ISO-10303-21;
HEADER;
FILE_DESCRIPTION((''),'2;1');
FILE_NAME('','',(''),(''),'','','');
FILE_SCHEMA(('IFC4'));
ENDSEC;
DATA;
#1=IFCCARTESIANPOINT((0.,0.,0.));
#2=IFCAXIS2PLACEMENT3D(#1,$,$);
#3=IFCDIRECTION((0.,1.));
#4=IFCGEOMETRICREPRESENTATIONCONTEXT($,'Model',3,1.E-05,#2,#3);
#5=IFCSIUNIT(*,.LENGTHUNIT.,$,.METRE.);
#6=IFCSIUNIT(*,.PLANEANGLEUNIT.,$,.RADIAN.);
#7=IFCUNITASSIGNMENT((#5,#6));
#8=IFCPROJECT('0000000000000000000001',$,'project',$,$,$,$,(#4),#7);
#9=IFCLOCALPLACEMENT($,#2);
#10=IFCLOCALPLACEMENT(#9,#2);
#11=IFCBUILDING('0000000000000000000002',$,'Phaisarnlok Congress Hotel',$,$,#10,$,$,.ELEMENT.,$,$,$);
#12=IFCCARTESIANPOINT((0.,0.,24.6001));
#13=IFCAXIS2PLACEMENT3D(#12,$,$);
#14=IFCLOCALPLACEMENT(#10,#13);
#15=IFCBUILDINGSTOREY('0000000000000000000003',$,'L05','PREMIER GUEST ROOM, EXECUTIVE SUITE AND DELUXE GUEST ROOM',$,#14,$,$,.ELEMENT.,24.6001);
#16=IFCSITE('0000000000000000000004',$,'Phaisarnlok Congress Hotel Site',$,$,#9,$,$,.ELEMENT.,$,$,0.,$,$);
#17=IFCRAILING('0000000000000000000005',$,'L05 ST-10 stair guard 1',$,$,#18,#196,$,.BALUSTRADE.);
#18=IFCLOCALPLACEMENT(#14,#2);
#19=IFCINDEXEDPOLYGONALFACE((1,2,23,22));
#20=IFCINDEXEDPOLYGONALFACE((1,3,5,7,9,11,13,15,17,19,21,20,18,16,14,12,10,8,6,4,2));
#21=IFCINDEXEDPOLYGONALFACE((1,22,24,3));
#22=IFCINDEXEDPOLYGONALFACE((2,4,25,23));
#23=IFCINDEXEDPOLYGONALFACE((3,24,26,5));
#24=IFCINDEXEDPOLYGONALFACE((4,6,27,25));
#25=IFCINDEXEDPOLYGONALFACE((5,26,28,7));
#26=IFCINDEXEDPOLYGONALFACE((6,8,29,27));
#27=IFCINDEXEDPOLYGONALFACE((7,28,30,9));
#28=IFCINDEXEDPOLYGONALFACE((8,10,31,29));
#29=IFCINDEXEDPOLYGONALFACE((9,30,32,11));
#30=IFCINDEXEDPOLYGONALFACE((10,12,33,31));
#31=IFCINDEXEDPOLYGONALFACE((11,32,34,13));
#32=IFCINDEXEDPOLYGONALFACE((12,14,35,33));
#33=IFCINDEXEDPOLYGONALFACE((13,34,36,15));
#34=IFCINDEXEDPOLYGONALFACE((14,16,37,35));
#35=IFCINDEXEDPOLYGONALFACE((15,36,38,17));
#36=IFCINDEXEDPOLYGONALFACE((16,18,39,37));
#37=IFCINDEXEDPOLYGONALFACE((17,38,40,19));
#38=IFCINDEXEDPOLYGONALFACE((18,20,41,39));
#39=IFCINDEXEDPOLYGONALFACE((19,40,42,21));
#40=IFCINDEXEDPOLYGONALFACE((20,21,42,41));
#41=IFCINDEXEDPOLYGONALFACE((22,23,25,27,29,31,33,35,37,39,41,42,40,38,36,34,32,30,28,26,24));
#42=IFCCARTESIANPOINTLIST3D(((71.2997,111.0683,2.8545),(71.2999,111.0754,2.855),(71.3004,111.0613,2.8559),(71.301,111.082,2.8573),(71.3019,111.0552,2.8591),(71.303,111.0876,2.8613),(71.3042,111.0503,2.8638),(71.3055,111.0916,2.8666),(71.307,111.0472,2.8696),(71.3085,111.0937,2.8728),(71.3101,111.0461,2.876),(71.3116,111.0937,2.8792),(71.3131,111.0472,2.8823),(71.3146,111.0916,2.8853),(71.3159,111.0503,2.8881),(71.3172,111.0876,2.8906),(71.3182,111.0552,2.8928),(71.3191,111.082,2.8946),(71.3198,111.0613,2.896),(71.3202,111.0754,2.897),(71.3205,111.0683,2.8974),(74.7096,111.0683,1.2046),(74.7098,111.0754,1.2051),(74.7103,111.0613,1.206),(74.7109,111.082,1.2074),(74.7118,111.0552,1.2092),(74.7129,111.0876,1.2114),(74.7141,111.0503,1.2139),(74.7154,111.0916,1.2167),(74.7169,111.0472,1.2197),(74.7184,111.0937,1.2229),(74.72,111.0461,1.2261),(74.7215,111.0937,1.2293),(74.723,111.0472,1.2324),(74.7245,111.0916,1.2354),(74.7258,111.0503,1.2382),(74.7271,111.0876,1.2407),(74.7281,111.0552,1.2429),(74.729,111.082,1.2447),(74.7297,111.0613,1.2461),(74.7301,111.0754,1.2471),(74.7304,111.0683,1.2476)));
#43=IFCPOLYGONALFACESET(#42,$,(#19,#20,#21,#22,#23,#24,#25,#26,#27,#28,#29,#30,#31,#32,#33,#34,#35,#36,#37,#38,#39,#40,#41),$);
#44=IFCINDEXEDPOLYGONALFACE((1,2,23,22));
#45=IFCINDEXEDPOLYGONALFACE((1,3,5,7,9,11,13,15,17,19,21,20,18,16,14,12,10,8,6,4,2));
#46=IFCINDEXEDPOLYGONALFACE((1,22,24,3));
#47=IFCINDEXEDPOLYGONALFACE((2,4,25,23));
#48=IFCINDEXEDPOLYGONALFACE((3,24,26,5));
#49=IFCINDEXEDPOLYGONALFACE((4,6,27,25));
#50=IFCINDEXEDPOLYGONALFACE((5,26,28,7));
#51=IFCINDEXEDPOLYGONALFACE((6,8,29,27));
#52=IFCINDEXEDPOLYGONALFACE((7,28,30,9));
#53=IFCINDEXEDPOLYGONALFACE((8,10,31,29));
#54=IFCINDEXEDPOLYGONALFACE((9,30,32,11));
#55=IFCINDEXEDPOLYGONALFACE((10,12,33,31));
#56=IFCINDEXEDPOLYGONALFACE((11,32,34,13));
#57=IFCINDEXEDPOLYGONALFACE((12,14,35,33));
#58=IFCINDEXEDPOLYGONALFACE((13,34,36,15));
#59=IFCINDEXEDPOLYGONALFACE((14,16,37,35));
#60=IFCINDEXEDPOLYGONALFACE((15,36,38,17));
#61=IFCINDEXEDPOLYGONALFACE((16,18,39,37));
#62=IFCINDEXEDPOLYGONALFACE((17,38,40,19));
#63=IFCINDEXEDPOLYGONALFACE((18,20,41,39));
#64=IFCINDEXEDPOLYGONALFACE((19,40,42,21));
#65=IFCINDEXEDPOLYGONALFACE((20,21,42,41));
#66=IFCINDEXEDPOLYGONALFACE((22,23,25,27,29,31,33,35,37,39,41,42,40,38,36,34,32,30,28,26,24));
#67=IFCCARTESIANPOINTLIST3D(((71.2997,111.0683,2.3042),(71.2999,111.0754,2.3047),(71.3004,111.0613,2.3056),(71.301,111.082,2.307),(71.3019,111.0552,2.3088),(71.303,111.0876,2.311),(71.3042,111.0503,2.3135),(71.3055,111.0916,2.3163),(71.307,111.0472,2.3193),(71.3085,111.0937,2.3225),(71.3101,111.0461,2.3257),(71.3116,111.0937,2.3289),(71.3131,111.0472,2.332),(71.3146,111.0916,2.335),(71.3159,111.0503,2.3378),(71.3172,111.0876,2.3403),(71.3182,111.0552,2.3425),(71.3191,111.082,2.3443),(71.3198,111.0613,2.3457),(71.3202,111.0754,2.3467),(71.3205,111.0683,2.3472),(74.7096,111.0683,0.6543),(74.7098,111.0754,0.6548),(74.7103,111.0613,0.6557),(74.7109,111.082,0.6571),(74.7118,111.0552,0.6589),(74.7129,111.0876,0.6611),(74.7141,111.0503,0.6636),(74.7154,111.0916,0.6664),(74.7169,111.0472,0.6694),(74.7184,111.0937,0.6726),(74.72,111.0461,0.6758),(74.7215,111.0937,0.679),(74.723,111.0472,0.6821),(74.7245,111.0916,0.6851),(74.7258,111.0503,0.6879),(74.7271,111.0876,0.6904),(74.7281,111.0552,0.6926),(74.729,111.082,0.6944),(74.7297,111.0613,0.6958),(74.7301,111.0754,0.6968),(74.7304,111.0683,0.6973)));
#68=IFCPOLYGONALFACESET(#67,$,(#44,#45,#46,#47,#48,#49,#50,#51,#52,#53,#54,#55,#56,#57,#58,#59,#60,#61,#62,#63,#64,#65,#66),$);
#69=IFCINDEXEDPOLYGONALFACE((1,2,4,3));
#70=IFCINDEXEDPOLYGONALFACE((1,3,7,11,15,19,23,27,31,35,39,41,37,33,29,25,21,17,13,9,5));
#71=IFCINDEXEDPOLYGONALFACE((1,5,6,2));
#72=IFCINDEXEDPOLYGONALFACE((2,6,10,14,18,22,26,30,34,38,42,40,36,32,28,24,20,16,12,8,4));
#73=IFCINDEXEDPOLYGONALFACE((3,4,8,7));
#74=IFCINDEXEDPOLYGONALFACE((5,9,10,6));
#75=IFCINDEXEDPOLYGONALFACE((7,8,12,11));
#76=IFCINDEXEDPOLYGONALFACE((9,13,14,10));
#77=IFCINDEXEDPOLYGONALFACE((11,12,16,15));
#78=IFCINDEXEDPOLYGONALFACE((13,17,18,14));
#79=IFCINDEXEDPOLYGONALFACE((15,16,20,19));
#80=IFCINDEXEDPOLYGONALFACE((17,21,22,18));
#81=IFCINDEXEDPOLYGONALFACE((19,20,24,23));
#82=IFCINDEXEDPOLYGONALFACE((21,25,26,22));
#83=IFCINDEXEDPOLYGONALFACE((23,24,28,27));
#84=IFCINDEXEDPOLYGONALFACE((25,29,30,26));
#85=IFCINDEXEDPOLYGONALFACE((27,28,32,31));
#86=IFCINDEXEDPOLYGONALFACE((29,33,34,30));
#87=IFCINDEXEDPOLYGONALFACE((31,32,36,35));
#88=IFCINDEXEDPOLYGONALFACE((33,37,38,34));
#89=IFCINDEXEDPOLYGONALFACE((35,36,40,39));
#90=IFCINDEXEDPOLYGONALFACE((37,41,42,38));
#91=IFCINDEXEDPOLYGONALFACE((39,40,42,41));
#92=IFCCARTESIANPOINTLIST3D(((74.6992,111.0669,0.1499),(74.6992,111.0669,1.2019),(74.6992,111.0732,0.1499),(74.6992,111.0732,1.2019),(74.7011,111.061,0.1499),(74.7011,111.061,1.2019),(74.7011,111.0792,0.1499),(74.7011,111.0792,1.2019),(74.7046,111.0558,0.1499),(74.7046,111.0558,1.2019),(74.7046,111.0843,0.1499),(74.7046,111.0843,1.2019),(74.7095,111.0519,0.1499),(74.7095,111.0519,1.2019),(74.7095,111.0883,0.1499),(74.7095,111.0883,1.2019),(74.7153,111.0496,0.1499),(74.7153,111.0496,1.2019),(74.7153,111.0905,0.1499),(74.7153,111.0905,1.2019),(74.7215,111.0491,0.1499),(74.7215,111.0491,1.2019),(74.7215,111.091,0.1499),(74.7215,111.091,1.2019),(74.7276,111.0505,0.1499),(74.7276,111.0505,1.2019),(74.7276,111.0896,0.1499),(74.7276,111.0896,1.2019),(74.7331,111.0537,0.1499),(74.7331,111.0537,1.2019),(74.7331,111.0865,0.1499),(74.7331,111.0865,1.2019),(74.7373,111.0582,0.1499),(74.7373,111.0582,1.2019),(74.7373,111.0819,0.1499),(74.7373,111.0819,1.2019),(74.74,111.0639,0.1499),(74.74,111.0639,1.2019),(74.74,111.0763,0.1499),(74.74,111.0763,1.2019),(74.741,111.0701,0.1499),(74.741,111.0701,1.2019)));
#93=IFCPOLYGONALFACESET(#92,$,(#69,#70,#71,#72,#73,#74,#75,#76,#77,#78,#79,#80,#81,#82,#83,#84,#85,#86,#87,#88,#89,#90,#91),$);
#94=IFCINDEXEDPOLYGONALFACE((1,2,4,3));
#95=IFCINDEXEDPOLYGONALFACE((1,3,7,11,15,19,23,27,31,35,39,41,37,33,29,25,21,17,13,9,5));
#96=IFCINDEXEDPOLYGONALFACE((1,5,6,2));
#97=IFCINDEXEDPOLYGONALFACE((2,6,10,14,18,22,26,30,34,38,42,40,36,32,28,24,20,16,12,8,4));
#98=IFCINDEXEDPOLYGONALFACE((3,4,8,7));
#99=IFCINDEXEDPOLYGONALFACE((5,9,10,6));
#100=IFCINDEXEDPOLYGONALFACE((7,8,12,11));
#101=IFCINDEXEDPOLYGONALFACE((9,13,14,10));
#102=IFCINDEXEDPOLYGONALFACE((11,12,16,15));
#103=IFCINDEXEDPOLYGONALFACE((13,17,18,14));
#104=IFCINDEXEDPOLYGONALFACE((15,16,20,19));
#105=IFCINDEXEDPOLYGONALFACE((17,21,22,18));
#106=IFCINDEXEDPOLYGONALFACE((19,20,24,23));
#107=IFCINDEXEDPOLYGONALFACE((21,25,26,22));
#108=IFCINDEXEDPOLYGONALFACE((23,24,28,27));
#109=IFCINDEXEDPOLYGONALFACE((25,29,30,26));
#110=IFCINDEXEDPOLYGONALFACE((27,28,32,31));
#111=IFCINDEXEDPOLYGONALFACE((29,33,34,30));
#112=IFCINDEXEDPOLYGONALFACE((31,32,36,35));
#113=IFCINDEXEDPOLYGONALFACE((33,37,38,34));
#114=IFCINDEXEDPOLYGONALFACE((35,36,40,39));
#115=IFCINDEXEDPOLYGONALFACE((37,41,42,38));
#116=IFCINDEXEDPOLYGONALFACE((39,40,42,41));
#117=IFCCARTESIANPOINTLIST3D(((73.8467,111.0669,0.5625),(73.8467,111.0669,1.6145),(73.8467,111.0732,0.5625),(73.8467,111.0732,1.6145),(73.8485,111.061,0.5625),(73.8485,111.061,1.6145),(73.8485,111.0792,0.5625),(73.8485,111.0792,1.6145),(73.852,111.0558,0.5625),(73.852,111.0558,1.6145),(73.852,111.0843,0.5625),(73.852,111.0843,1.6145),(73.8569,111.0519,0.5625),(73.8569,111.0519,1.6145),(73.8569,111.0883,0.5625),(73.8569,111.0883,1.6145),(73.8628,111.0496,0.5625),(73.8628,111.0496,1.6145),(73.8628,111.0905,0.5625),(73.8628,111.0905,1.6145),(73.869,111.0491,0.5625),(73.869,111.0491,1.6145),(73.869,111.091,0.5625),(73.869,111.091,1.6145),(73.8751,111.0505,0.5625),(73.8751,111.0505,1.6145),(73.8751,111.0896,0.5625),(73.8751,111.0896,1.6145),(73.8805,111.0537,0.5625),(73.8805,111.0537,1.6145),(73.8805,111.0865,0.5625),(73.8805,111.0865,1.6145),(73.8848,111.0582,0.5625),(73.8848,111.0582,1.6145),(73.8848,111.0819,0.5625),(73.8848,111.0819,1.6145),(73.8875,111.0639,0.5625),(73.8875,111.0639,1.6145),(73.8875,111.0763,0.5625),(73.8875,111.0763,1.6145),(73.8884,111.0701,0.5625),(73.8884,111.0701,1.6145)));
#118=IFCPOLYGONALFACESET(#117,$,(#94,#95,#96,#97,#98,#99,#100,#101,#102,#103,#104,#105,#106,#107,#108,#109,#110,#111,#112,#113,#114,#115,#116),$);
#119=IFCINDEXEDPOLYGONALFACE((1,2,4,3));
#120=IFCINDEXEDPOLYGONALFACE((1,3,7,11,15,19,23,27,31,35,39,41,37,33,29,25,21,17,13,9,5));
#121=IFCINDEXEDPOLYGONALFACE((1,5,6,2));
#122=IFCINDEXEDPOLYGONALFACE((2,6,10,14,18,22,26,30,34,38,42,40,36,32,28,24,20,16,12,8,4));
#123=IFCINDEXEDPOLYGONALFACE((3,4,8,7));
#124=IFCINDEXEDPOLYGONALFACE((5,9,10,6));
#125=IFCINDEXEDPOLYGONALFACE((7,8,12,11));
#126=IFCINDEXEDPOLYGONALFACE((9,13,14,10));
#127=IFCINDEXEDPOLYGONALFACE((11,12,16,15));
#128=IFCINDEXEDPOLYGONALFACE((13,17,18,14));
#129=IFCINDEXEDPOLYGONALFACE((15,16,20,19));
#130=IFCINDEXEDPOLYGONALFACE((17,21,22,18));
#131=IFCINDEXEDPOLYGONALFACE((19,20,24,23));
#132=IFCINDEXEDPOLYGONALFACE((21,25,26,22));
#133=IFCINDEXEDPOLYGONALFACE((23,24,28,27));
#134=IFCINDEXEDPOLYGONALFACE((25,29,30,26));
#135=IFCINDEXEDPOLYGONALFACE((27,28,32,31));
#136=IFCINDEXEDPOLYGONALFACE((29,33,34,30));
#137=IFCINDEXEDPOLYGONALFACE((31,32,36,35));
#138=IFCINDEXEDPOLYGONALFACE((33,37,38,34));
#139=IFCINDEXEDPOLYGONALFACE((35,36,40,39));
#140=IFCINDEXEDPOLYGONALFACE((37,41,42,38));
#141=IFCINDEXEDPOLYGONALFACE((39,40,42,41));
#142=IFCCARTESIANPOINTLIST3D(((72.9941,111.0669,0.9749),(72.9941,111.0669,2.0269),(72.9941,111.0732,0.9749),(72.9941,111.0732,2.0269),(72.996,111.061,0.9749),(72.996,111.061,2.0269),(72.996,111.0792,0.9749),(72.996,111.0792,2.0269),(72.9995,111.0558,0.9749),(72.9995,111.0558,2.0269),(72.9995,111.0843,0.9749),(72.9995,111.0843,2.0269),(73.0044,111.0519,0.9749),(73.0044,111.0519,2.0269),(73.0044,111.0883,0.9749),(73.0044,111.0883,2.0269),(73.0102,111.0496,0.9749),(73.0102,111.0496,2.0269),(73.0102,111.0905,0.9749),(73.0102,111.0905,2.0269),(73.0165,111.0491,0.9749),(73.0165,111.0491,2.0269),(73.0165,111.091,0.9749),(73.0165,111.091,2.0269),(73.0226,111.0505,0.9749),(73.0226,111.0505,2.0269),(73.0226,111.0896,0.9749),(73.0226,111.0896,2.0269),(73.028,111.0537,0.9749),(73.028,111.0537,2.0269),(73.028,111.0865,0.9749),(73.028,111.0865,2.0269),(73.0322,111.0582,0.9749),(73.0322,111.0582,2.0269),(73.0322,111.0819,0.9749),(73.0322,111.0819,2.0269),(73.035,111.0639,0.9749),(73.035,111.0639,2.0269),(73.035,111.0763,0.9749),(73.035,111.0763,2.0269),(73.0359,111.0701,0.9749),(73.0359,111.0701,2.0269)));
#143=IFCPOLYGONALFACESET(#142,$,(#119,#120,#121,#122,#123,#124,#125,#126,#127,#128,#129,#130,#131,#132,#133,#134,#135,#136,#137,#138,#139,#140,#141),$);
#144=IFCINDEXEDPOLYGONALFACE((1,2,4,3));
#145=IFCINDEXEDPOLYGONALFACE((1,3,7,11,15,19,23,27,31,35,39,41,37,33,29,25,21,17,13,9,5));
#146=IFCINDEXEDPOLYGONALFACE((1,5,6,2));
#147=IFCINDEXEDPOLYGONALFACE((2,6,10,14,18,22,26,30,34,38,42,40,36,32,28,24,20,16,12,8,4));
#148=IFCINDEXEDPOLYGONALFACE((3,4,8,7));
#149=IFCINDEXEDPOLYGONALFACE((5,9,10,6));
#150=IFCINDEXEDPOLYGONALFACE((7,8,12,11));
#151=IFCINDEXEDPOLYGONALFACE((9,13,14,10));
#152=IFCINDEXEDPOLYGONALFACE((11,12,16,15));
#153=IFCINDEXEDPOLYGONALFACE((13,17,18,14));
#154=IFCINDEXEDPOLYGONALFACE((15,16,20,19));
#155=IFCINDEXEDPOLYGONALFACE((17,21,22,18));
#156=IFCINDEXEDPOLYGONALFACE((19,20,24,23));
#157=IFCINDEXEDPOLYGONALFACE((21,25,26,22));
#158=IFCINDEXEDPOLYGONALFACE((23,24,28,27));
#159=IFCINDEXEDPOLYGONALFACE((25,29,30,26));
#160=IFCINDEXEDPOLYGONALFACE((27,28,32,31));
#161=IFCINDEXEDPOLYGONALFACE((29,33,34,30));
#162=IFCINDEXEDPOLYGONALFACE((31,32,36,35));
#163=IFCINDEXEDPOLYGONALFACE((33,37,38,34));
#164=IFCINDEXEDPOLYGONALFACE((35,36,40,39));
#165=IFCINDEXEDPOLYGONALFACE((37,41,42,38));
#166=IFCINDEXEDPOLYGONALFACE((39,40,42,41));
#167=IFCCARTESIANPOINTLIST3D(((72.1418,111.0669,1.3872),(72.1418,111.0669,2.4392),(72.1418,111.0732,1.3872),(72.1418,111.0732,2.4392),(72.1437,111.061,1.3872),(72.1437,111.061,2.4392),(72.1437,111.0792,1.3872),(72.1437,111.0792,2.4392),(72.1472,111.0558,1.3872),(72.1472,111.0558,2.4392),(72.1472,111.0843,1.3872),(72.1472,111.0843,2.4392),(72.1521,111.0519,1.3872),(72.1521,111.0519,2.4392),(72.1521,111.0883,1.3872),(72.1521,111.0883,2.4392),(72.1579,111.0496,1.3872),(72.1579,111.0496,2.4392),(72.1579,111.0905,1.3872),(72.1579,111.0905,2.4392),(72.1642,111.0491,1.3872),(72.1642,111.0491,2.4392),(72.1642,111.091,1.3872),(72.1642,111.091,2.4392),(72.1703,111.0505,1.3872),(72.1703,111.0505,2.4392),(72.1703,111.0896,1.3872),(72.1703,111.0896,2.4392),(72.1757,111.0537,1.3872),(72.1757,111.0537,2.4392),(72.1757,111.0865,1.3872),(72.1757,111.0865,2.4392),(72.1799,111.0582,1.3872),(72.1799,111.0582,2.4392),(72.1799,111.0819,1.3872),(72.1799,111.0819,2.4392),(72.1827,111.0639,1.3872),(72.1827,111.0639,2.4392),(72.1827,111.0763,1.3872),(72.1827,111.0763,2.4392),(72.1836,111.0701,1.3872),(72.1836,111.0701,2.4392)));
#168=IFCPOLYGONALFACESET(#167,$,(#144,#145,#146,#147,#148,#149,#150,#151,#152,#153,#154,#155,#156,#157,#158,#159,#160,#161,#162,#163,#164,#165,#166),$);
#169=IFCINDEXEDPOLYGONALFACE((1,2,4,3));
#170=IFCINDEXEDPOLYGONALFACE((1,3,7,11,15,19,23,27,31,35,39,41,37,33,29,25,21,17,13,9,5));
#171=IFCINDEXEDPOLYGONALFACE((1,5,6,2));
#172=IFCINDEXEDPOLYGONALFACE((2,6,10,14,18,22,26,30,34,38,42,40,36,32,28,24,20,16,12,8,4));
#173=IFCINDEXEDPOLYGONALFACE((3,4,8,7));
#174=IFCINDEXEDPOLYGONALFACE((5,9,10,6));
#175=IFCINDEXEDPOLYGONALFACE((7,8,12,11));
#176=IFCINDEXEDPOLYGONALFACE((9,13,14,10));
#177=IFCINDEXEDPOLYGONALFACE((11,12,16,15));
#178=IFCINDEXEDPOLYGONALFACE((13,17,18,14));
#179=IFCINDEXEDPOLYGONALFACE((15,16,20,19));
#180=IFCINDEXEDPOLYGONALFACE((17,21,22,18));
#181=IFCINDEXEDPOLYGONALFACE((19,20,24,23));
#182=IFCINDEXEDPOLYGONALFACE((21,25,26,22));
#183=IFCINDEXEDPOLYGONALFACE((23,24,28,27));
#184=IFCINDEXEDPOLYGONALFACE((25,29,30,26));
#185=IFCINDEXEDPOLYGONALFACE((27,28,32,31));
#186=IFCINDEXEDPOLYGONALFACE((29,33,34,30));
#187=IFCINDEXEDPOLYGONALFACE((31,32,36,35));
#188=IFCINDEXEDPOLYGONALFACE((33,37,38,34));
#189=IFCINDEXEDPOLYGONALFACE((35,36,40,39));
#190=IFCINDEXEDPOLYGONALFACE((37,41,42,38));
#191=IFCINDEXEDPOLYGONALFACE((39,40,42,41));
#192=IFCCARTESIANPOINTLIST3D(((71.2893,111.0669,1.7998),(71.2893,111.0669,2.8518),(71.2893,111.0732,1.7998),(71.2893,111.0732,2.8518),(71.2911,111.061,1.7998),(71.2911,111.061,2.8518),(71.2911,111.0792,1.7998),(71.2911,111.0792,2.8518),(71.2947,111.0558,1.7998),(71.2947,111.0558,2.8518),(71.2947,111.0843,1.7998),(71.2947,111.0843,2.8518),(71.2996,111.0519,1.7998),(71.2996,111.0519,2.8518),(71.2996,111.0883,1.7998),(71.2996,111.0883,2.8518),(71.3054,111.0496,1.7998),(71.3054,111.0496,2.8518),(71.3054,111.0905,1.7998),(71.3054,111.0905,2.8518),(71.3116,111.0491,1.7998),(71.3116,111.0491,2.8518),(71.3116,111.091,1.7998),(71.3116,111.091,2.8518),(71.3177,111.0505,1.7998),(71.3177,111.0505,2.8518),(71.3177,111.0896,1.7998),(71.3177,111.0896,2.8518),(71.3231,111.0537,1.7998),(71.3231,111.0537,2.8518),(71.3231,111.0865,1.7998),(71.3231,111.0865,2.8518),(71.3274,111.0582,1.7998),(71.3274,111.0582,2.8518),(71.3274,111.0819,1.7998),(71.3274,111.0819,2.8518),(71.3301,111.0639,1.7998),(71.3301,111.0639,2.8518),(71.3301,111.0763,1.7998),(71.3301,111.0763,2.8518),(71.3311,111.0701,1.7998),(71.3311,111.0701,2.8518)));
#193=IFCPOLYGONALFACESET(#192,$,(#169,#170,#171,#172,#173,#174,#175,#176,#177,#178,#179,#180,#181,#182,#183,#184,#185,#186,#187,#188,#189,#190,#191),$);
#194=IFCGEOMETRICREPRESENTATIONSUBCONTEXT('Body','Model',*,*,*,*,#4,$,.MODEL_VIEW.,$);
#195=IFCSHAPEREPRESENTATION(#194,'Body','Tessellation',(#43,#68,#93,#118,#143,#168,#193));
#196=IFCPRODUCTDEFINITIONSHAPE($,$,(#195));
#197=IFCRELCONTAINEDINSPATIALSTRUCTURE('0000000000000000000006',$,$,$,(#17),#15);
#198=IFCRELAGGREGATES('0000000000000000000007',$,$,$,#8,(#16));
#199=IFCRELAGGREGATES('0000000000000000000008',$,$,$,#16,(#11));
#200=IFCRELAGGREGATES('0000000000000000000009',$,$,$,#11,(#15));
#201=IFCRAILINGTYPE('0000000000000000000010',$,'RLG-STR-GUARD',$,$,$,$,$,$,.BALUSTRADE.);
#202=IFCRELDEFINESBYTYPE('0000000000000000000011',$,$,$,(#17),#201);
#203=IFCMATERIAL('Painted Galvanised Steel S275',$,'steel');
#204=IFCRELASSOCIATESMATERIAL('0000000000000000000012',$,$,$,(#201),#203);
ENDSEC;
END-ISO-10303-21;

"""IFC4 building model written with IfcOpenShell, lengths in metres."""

from ifc_helpers import new_model, si_unit, direction, frame, origin, origin_2d, place, context, subcontext, project, spatial, circle, extrude, material, type_object, element, save


model = new_model("IFC4")

# Units and contexts
model_context = context("Model", 3, precision=1e-05, world=origin(), true_north=direction((0.0, 1.0)))
body_context = subcontext(model_context, "Body", "Model", "MODEL_VIEW")
ifc_project = project(units=[si_unit("LENGTHUNIT", "METRE"), si_unit("PLANEANGLEUNIT", "RADIAN")], contexts=[model_context])

# Site, building, storey
site_placement = place(None, origin())
site = spatial("IfcSite", under=ifc_project, at=site_placement, Name="Phaisarnlok Congress Hotel Site", CompositionType="ELEMENT", RefElevation=0.0)
building_placement = place(site_placement, origin())
building = spatial("IfcBuilding", under=site, at=building_placement, Name="Phaisarnlok Congress Hotel", CompositionType="ELEMENT")
storey_placement = place(building_placement, frame((0.0, 0.0, 24.6001)))
storey = spatial("IfcBuildingStorey", under=building, at=storey_placement, Name="L05", Description="PREMIER GUEST ROOM, EXECUTIVE SUITE AND DELUXE GUEST ROOM", CompositionType="ELEMENT", Elevation=24.6001)

# Railing
ifc_material_1 = material(Name="Painted Galvanised Steel S275", Category="steel")
railing_type_1 = type_object("IfcRailingType", Name="RLG-STR-GUARD", PredefinedType="BALUSTRADE", material=ifc_material_1)
railing_1_placement = place(storey_placement, frame((74.72, 111.0701, 0.1499)))
element("IfcRailing", 1, at=railing_1_placement, inside=storey, type_object=railing_type_1, Name="L05 ST-10 stair guard 1", PredefinedType="BALUSTRADE", context=body_context, shape_type="SweptSolid", body=[
    extrude(circle(Radius=0.0239, at=origin_2d()), frame((0.0, 0.0, 1.0762), z_axis=(-0.900165, 0.0, 0.435549), x_axis=(0.0, -1.0, 0.0)), (0.0, 0.0, 1.0), 3.7881),
    extrude(circle(Radius=0.0239, at=origin_2d()), frame((0.0, 0.0, 0.5259), z_axis=(-0.900165, 0.0, 0.435549), x_axis=(0.0, -1.0, 0.0)), (0.0, 0.0, 1.0), 3.7881),
    extrude(circle(Radius=0.021, at=origin_2d()), origin(), (0.0, 0.0, 1.0), 1.052),
    extrude(circle(Radius=0.021, at=origin_2d()), frame((-0.8525, 0.0, 0.4126)), (0.0, 0.0, 1.0), 1.052),
    extrude(circle(Radius=0.021, at=origin_2d()), frame((-1.7051, 0.0, 0.825)), (0.0, 0.0, 1.0), 1.052),
    extrude(circle(Radius=0.021, at=origin_2d()), frame((-2.5574, 0.0, 1.2373)), (0.0, 0.0, 1.0), 1.052),
    extrude(circle(Radius=0.021, at=origin_2d()), frame((-3.4099, 0.0, 1.6499)), (0.0, 0.0, 1.0), 1.052),
])

save(model, "model.ifc")
